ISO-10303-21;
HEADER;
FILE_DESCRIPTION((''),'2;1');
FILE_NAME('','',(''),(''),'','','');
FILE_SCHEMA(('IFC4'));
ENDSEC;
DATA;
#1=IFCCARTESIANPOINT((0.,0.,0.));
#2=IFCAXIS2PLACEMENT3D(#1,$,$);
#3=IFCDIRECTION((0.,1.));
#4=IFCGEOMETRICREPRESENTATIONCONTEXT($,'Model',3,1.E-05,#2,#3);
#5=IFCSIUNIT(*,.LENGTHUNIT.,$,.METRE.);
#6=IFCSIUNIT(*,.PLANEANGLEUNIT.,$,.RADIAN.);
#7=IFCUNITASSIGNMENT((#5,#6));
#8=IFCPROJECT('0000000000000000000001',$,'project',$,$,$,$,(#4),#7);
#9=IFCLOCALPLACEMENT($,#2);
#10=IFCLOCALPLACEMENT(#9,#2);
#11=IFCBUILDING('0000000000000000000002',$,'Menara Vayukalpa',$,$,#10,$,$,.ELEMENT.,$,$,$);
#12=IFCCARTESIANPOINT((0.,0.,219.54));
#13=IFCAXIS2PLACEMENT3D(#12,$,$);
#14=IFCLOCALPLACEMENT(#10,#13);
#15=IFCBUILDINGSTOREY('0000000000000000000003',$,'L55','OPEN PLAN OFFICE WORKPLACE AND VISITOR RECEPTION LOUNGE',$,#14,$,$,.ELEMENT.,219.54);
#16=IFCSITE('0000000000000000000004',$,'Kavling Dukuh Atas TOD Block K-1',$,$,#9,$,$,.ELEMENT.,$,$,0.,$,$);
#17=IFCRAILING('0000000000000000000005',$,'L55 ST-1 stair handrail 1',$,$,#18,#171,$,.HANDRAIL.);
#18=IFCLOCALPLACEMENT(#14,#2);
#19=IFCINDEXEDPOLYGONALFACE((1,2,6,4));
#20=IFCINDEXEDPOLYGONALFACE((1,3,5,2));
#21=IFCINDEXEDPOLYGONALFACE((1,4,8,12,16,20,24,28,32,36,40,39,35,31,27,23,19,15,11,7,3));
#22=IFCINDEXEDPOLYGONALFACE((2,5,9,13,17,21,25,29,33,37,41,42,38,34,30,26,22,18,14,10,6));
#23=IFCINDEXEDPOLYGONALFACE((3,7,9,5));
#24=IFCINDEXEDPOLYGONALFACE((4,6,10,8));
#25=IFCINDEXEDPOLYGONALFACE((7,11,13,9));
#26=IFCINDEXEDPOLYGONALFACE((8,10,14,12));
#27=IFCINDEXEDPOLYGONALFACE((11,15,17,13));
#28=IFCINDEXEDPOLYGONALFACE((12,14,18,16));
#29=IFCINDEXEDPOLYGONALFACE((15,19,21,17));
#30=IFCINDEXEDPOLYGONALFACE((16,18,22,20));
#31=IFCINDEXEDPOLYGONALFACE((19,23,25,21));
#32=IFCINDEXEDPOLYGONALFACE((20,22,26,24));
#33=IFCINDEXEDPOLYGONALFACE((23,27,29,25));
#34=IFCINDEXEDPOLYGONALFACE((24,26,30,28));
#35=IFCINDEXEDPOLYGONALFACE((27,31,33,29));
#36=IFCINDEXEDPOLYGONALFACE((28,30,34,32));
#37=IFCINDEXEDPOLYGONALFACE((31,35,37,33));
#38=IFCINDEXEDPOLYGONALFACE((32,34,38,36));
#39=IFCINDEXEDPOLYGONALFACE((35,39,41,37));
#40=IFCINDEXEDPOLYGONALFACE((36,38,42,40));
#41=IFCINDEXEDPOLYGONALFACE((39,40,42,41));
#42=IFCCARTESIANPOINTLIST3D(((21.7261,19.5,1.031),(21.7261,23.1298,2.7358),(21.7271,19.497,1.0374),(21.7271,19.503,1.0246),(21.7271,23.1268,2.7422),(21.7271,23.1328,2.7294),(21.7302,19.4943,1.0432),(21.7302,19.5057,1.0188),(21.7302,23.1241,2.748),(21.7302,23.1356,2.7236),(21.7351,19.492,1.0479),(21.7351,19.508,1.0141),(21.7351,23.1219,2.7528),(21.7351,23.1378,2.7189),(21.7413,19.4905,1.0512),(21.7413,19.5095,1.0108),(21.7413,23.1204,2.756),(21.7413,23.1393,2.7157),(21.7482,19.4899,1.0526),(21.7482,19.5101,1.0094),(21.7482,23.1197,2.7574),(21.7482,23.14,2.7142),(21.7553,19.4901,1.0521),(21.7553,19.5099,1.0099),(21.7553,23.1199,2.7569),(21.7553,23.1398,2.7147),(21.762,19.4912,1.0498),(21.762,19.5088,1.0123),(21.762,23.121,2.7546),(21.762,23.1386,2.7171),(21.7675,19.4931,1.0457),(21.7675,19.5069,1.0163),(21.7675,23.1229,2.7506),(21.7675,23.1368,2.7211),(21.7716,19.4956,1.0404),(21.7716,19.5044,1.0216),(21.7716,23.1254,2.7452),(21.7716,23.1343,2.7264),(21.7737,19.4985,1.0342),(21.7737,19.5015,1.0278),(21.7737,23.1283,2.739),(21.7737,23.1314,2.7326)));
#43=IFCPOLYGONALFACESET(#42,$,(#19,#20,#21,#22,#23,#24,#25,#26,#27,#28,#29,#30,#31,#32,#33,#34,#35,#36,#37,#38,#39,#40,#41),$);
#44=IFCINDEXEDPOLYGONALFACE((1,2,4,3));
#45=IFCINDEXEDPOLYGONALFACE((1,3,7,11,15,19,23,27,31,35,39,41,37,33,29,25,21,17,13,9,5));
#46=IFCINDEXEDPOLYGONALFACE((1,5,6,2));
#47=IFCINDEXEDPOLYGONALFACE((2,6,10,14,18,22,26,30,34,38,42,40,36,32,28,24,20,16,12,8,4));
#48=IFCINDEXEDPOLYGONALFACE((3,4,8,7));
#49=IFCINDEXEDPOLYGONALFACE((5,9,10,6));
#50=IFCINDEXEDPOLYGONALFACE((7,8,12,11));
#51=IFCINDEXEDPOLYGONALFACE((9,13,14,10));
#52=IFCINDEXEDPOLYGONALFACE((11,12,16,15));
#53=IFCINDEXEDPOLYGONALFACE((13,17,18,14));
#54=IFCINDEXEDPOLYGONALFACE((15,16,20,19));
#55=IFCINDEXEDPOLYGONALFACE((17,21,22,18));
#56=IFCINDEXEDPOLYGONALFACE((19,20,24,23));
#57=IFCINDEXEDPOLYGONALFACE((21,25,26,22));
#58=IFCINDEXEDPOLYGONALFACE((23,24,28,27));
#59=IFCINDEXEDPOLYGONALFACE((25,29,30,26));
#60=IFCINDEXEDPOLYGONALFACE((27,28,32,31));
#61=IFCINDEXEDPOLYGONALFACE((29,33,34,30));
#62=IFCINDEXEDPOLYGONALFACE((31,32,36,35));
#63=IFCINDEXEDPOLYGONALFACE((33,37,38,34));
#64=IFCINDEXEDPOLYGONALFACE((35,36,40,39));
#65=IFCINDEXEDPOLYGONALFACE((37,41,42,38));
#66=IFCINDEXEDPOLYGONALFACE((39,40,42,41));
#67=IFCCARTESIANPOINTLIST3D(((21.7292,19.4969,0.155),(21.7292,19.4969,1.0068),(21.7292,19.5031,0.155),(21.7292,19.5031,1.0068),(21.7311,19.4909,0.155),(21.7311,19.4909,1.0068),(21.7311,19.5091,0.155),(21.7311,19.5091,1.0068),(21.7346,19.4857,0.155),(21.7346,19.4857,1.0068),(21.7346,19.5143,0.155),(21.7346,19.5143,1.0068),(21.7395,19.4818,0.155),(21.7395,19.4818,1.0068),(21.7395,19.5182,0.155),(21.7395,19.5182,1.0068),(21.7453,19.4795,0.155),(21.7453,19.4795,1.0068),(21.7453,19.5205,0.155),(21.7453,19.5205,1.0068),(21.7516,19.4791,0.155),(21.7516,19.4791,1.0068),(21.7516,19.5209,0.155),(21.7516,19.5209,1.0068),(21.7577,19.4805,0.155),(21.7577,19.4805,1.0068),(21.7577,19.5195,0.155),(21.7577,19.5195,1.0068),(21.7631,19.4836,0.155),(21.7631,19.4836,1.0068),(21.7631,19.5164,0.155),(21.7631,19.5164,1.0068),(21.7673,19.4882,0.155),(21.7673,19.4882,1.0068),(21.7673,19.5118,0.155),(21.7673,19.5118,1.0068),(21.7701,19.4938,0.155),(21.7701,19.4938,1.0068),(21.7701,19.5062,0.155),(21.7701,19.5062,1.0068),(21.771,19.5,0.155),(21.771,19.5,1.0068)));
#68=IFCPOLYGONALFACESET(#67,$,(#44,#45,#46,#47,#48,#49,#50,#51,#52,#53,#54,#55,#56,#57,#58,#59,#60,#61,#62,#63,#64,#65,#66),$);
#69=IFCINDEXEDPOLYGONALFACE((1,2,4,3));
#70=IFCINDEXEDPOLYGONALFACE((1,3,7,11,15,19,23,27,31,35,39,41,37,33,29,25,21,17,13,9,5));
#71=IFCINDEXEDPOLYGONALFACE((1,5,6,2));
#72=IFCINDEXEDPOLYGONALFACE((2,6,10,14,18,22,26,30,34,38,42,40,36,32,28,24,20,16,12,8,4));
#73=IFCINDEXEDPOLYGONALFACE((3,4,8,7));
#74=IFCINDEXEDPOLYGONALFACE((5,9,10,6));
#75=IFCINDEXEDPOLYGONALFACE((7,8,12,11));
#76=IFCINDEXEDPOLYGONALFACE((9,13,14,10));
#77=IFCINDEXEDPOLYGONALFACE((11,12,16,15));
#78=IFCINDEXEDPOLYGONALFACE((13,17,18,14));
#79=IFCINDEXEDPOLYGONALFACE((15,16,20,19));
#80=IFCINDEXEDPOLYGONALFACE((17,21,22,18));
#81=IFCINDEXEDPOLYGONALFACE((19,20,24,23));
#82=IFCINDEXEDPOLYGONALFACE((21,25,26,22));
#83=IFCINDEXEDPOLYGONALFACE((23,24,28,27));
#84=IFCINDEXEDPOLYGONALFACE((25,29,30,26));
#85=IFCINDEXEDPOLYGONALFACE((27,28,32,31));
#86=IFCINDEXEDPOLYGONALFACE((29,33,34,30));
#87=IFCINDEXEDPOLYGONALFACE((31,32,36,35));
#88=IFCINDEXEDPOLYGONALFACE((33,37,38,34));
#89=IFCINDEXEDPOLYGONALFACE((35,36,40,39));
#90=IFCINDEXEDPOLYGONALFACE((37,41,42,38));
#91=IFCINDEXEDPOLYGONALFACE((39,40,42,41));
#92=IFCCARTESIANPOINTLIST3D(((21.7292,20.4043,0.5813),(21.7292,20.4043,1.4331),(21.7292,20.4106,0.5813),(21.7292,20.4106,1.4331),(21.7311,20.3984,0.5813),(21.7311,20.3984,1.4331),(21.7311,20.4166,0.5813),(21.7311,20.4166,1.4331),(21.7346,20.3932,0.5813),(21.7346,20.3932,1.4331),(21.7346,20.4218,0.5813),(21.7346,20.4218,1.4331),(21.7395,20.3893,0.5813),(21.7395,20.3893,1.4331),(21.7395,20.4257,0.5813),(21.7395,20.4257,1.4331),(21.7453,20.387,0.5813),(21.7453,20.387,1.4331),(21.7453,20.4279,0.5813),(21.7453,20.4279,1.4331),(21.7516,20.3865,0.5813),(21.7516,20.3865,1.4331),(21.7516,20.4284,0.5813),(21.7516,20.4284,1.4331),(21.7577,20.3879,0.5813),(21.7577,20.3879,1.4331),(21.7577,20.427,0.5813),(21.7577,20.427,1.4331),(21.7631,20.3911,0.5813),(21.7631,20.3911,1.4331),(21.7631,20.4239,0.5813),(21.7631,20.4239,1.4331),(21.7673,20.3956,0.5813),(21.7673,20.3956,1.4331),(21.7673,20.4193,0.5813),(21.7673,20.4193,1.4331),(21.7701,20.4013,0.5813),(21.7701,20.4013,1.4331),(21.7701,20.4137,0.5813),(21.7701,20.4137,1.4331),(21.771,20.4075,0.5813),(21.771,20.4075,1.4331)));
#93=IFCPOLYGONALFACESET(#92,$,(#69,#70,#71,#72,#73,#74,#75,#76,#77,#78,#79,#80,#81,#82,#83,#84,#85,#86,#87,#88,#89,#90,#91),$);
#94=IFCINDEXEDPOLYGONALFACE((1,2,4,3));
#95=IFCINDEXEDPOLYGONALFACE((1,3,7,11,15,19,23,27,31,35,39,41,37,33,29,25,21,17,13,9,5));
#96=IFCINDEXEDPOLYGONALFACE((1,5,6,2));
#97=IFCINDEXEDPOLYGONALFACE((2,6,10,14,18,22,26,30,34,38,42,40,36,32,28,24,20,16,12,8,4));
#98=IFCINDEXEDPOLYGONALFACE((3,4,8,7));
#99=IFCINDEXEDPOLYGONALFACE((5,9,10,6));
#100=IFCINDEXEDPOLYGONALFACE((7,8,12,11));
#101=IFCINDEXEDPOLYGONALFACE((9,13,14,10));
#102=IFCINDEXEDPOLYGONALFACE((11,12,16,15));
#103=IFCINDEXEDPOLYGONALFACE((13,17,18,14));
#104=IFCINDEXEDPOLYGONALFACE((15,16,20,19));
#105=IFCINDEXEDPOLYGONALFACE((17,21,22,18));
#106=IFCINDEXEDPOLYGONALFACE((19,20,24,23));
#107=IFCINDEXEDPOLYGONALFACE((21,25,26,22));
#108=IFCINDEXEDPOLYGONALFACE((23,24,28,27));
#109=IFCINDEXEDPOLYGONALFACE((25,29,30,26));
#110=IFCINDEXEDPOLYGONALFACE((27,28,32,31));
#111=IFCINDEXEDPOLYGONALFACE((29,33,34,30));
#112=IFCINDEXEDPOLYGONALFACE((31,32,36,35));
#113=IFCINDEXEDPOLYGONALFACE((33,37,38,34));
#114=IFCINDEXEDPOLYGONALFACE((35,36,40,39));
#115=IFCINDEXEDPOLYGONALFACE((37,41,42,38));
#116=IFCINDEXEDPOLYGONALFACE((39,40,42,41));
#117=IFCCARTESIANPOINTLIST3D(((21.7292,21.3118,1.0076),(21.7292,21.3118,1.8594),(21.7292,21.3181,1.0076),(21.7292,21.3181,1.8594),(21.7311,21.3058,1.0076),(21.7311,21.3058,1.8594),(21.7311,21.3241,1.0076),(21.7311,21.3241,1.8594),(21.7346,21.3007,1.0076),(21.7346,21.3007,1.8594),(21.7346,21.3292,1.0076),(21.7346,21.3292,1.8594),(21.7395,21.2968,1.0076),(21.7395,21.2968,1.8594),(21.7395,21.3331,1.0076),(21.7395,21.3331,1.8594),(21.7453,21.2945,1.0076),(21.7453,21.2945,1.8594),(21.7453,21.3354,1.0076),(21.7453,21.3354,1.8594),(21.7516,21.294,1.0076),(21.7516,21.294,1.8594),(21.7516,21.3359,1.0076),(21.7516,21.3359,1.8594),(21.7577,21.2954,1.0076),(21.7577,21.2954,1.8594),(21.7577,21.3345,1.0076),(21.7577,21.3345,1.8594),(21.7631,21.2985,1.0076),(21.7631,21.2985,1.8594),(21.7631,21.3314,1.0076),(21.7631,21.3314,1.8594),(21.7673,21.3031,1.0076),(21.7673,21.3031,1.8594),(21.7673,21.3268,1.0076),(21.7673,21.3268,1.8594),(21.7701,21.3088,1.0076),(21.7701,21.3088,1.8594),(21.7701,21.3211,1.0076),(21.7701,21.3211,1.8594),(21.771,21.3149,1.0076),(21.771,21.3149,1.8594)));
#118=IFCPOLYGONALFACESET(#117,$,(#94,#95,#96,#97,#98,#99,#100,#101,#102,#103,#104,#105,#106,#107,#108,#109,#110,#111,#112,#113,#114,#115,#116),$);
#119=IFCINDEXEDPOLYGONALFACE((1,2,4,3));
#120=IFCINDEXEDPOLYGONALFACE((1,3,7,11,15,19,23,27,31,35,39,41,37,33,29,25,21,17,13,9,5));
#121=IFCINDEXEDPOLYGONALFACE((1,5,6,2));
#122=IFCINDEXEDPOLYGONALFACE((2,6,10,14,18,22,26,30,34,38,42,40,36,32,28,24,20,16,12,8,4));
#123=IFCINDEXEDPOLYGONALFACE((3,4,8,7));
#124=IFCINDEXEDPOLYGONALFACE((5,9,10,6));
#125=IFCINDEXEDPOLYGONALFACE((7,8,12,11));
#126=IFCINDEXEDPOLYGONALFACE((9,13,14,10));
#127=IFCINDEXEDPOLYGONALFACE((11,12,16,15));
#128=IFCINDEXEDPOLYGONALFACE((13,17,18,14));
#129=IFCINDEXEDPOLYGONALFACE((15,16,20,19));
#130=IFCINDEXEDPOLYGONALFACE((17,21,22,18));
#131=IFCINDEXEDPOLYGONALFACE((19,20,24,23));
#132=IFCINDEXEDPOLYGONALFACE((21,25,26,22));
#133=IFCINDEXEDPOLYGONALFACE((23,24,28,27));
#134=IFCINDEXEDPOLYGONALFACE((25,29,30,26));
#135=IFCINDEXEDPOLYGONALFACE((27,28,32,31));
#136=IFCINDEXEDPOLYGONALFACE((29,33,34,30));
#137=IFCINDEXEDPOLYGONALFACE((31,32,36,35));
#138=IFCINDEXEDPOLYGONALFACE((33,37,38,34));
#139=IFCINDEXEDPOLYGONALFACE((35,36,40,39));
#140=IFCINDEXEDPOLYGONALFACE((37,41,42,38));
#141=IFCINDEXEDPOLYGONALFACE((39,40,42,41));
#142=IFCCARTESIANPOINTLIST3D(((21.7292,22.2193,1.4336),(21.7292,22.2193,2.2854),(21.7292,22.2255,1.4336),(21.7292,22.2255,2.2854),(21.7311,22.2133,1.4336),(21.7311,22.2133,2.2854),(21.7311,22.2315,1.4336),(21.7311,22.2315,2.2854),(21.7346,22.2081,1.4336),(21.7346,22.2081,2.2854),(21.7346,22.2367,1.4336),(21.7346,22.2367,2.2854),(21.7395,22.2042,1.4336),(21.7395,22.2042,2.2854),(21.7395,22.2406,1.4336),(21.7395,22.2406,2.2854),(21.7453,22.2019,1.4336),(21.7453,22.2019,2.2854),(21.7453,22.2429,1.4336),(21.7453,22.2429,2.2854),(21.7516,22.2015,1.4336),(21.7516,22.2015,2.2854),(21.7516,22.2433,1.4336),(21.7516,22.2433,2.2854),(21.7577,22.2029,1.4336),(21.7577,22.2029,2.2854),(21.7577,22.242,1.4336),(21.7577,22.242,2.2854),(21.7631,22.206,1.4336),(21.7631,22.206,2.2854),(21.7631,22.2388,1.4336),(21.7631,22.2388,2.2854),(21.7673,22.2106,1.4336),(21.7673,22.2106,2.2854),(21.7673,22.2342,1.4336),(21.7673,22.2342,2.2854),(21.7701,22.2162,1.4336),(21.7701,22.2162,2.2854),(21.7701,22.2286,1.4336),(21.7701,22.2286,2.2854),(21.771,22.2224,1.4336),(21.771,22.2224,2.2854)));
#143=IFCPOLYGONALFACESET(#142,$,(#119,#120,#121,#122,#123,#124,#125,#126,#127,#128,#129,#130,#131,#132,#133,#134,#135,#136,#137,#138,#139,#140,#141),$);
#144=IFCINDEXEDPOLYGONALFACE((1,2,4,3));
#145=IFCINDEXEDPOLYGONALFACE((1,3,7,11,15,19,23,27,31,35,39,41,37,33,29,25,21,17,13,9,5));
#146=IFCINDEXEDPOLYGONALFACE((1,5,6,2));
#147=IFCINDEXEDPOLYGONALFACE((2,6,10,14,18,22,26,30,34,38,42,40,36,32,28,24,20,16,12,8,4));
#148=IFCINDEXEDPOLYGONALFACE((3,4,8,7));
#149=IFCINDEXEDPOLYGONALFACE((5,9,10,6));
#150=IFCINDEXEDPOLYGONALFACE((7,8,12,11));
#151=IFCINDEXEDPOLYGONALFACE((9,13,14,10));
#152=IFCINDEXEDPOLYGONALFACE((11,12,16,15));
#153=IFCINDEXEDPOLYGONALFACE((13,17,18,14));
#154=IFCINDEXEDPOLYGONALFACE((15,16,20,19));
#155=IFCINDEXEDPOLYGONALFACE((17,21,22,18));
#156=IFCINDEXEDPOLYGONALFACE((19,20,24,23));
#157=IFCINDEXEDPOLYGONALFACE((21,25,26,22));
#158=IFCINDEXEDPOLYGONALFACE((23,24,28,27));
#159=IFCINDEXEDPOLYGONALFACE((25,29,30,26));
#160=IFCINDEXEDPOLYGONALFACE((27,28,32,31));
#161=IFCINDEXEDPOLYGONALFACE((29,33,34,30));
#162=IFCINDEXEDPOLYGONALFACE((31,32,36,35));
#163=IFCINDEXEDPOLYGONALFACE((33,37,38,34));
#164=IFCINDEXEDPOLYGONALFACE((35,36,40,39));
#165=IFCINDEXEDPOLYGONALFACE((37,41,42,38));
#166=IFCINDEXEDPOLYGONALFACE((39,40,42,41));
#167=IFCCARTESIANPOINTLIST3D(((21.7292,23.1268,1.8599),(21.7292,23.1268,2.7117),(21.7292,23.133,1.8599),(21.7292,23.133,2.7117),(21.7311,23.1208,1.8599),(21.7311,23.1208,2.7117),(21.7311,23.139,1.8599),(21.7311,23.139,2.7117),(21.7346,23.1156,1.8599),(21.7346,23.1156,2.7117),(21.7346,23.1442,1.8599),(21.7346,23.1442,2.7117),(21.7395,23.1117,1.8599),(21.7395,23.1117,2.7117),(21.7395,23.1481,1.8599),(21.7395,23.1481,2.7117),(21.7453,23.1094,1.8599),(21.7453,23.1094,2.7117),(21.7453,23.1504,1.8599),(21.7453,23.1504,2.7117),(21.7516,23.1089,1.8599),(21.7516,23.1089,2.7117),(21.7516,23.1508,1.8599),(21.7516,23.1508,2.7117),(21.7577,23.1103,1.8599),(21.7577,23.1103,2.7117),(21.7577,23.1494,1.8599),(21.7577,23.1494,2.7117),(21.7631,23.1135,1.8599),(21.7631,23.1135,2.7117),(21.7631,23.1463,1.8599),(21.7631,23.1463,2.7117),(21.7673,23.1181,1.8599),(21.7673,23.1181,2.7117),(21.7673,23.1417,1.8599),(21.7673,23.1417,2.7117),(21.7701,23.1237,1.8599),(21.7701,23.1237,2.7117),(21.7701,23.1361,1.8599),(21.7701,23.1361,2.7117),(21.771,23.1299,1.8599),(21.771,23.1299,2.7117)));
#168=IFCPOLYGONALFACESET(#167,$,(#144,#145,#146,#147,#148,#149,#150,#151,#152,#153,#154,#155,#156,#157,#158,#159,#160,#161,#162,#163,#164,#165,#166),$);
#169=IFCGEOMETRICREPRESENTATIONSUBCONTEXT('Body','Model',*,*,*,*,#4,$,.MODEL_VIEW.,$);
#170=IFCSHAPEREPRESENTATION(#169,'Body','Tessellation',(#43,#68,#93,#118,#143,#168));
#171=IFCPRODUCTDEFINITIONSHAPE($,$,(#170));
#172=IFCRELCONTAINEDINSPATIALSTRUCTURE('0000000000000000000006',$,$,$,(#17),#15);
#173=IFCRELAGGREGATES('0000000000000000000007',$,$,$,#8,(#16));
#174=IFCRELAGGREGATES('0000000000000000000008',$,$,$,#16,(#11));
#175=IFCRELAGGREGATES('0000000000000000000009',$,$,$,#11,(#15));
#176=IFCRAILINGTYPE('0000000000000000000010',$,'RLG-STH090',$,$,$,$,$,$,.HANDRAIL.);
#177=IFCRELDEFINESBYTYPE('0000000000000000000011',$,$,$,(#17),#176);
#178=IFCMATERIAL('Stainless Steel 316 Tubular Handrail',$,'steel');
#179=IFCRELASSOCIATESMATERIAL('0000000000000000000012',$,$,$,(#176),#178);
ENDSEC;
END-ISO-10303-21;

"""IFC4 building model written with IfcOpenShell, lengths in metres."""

from ifc_helpers import new_model, si_unit, direction, frame, origin, origin_2d, place, context, subcontext, project, spatial, circle, extrude, material, type_object, element, save


model = new_model("IFC4")

# Units and contexts
model_context = context("Model", 3, precision=1e-05, world=origin(), true_north=direction((0.0, 1.0)))
body_context = subcontext(model_context, "Body", "Model", "MODEL_VIEW")
ifc_project = project(units=[si_unit("LENGTHUNIT", "METRE"), si_unit("PLANEANGLEUNIT", "RADIAN")], contexts=[model_context])

# Site, building, storey
site_placement = place(None, origin())
site = spatial("IfcSite", under=ifc_project, at=site_placement, Name="Kavling Dukuh Atas TOD Block K-1", CompositionType="ELEMENT", RefElevation=0.0)
building_placement = place(site_placement, origin())
building = spatial("IfcBuilding", under=site, at=building_placement, Name="Menara Vayukalpa", CompositionType="ELEMENT")
storey_placement = place(building_placement, frame((0.0, 0.0, 219.54)))
storey = spatial("IfcBuildingStorey", under=building, at=storey_placement, Name="L55", Description="OPEN PLAN OFFICE WORKPLACE AND VISITOR RECEPTION LOUNGE", CompositionType="ELEMENT", Elevation=219.54)

# Railing
ifc_material_1 = material(Name="Stainless Steel 316 Tubular Handrail", Category="steel")
railing_type_1 = type_object("IfcRailingType", Name="RLG-STH090", PredefinedType="HANDRAIL", material=ifc_material_1)
railing_1_placement = place(storey_placement, frame((21.75, 19.5, 0.155)))
element("IfcRailing", 1, at=railing_1_placement, inside=storey, type_object=railing_type_1, Name="L55 ST-1 stair handrail 1", PredefinedType="HANDRAIL", context=body_context, shape_type="SweptSolid", body=[
    extrude(circle(Radius=0.0239, at=origin_2d()), frame((0.0, 0.0, 0.876), z_axis=(0.0, 0.90514, 0.425114), x_axis=(-1.0, 0.0, 0.0)), (0.0, 0.0, 1.0), 4.0103),
    extrude(circle(Radius=0.021, at=origin_2d()), origin(), (0.0, 0.0, 1.0), 0.8518),
    extrude(circle(Radius=0.021, at=origin_2d()), frame((0.0, 0.9075, 0.4263)), (0.0, 0.0, 1.0), 0.8518),
    extrude(circle(Radius=0.021, at=origin_2d()), frame((0.0, 1.8149, 0.8525)), (0.0, 0.0, 1.0), 0.8518),
    extrude(circle(Radius=0.021, at=origin_2d()), frame((0.0, 2.7224, 1.2786)), (0.0, 0.0, 1.0), 0.8518),
    extrude(circle(Radius=0.021, at=origin_2d()), frame((0.0, 3.6299, 1.7048)), (0.0, 0.0, 1.0), 0.8518),
])

save(model, "model.ifc")
